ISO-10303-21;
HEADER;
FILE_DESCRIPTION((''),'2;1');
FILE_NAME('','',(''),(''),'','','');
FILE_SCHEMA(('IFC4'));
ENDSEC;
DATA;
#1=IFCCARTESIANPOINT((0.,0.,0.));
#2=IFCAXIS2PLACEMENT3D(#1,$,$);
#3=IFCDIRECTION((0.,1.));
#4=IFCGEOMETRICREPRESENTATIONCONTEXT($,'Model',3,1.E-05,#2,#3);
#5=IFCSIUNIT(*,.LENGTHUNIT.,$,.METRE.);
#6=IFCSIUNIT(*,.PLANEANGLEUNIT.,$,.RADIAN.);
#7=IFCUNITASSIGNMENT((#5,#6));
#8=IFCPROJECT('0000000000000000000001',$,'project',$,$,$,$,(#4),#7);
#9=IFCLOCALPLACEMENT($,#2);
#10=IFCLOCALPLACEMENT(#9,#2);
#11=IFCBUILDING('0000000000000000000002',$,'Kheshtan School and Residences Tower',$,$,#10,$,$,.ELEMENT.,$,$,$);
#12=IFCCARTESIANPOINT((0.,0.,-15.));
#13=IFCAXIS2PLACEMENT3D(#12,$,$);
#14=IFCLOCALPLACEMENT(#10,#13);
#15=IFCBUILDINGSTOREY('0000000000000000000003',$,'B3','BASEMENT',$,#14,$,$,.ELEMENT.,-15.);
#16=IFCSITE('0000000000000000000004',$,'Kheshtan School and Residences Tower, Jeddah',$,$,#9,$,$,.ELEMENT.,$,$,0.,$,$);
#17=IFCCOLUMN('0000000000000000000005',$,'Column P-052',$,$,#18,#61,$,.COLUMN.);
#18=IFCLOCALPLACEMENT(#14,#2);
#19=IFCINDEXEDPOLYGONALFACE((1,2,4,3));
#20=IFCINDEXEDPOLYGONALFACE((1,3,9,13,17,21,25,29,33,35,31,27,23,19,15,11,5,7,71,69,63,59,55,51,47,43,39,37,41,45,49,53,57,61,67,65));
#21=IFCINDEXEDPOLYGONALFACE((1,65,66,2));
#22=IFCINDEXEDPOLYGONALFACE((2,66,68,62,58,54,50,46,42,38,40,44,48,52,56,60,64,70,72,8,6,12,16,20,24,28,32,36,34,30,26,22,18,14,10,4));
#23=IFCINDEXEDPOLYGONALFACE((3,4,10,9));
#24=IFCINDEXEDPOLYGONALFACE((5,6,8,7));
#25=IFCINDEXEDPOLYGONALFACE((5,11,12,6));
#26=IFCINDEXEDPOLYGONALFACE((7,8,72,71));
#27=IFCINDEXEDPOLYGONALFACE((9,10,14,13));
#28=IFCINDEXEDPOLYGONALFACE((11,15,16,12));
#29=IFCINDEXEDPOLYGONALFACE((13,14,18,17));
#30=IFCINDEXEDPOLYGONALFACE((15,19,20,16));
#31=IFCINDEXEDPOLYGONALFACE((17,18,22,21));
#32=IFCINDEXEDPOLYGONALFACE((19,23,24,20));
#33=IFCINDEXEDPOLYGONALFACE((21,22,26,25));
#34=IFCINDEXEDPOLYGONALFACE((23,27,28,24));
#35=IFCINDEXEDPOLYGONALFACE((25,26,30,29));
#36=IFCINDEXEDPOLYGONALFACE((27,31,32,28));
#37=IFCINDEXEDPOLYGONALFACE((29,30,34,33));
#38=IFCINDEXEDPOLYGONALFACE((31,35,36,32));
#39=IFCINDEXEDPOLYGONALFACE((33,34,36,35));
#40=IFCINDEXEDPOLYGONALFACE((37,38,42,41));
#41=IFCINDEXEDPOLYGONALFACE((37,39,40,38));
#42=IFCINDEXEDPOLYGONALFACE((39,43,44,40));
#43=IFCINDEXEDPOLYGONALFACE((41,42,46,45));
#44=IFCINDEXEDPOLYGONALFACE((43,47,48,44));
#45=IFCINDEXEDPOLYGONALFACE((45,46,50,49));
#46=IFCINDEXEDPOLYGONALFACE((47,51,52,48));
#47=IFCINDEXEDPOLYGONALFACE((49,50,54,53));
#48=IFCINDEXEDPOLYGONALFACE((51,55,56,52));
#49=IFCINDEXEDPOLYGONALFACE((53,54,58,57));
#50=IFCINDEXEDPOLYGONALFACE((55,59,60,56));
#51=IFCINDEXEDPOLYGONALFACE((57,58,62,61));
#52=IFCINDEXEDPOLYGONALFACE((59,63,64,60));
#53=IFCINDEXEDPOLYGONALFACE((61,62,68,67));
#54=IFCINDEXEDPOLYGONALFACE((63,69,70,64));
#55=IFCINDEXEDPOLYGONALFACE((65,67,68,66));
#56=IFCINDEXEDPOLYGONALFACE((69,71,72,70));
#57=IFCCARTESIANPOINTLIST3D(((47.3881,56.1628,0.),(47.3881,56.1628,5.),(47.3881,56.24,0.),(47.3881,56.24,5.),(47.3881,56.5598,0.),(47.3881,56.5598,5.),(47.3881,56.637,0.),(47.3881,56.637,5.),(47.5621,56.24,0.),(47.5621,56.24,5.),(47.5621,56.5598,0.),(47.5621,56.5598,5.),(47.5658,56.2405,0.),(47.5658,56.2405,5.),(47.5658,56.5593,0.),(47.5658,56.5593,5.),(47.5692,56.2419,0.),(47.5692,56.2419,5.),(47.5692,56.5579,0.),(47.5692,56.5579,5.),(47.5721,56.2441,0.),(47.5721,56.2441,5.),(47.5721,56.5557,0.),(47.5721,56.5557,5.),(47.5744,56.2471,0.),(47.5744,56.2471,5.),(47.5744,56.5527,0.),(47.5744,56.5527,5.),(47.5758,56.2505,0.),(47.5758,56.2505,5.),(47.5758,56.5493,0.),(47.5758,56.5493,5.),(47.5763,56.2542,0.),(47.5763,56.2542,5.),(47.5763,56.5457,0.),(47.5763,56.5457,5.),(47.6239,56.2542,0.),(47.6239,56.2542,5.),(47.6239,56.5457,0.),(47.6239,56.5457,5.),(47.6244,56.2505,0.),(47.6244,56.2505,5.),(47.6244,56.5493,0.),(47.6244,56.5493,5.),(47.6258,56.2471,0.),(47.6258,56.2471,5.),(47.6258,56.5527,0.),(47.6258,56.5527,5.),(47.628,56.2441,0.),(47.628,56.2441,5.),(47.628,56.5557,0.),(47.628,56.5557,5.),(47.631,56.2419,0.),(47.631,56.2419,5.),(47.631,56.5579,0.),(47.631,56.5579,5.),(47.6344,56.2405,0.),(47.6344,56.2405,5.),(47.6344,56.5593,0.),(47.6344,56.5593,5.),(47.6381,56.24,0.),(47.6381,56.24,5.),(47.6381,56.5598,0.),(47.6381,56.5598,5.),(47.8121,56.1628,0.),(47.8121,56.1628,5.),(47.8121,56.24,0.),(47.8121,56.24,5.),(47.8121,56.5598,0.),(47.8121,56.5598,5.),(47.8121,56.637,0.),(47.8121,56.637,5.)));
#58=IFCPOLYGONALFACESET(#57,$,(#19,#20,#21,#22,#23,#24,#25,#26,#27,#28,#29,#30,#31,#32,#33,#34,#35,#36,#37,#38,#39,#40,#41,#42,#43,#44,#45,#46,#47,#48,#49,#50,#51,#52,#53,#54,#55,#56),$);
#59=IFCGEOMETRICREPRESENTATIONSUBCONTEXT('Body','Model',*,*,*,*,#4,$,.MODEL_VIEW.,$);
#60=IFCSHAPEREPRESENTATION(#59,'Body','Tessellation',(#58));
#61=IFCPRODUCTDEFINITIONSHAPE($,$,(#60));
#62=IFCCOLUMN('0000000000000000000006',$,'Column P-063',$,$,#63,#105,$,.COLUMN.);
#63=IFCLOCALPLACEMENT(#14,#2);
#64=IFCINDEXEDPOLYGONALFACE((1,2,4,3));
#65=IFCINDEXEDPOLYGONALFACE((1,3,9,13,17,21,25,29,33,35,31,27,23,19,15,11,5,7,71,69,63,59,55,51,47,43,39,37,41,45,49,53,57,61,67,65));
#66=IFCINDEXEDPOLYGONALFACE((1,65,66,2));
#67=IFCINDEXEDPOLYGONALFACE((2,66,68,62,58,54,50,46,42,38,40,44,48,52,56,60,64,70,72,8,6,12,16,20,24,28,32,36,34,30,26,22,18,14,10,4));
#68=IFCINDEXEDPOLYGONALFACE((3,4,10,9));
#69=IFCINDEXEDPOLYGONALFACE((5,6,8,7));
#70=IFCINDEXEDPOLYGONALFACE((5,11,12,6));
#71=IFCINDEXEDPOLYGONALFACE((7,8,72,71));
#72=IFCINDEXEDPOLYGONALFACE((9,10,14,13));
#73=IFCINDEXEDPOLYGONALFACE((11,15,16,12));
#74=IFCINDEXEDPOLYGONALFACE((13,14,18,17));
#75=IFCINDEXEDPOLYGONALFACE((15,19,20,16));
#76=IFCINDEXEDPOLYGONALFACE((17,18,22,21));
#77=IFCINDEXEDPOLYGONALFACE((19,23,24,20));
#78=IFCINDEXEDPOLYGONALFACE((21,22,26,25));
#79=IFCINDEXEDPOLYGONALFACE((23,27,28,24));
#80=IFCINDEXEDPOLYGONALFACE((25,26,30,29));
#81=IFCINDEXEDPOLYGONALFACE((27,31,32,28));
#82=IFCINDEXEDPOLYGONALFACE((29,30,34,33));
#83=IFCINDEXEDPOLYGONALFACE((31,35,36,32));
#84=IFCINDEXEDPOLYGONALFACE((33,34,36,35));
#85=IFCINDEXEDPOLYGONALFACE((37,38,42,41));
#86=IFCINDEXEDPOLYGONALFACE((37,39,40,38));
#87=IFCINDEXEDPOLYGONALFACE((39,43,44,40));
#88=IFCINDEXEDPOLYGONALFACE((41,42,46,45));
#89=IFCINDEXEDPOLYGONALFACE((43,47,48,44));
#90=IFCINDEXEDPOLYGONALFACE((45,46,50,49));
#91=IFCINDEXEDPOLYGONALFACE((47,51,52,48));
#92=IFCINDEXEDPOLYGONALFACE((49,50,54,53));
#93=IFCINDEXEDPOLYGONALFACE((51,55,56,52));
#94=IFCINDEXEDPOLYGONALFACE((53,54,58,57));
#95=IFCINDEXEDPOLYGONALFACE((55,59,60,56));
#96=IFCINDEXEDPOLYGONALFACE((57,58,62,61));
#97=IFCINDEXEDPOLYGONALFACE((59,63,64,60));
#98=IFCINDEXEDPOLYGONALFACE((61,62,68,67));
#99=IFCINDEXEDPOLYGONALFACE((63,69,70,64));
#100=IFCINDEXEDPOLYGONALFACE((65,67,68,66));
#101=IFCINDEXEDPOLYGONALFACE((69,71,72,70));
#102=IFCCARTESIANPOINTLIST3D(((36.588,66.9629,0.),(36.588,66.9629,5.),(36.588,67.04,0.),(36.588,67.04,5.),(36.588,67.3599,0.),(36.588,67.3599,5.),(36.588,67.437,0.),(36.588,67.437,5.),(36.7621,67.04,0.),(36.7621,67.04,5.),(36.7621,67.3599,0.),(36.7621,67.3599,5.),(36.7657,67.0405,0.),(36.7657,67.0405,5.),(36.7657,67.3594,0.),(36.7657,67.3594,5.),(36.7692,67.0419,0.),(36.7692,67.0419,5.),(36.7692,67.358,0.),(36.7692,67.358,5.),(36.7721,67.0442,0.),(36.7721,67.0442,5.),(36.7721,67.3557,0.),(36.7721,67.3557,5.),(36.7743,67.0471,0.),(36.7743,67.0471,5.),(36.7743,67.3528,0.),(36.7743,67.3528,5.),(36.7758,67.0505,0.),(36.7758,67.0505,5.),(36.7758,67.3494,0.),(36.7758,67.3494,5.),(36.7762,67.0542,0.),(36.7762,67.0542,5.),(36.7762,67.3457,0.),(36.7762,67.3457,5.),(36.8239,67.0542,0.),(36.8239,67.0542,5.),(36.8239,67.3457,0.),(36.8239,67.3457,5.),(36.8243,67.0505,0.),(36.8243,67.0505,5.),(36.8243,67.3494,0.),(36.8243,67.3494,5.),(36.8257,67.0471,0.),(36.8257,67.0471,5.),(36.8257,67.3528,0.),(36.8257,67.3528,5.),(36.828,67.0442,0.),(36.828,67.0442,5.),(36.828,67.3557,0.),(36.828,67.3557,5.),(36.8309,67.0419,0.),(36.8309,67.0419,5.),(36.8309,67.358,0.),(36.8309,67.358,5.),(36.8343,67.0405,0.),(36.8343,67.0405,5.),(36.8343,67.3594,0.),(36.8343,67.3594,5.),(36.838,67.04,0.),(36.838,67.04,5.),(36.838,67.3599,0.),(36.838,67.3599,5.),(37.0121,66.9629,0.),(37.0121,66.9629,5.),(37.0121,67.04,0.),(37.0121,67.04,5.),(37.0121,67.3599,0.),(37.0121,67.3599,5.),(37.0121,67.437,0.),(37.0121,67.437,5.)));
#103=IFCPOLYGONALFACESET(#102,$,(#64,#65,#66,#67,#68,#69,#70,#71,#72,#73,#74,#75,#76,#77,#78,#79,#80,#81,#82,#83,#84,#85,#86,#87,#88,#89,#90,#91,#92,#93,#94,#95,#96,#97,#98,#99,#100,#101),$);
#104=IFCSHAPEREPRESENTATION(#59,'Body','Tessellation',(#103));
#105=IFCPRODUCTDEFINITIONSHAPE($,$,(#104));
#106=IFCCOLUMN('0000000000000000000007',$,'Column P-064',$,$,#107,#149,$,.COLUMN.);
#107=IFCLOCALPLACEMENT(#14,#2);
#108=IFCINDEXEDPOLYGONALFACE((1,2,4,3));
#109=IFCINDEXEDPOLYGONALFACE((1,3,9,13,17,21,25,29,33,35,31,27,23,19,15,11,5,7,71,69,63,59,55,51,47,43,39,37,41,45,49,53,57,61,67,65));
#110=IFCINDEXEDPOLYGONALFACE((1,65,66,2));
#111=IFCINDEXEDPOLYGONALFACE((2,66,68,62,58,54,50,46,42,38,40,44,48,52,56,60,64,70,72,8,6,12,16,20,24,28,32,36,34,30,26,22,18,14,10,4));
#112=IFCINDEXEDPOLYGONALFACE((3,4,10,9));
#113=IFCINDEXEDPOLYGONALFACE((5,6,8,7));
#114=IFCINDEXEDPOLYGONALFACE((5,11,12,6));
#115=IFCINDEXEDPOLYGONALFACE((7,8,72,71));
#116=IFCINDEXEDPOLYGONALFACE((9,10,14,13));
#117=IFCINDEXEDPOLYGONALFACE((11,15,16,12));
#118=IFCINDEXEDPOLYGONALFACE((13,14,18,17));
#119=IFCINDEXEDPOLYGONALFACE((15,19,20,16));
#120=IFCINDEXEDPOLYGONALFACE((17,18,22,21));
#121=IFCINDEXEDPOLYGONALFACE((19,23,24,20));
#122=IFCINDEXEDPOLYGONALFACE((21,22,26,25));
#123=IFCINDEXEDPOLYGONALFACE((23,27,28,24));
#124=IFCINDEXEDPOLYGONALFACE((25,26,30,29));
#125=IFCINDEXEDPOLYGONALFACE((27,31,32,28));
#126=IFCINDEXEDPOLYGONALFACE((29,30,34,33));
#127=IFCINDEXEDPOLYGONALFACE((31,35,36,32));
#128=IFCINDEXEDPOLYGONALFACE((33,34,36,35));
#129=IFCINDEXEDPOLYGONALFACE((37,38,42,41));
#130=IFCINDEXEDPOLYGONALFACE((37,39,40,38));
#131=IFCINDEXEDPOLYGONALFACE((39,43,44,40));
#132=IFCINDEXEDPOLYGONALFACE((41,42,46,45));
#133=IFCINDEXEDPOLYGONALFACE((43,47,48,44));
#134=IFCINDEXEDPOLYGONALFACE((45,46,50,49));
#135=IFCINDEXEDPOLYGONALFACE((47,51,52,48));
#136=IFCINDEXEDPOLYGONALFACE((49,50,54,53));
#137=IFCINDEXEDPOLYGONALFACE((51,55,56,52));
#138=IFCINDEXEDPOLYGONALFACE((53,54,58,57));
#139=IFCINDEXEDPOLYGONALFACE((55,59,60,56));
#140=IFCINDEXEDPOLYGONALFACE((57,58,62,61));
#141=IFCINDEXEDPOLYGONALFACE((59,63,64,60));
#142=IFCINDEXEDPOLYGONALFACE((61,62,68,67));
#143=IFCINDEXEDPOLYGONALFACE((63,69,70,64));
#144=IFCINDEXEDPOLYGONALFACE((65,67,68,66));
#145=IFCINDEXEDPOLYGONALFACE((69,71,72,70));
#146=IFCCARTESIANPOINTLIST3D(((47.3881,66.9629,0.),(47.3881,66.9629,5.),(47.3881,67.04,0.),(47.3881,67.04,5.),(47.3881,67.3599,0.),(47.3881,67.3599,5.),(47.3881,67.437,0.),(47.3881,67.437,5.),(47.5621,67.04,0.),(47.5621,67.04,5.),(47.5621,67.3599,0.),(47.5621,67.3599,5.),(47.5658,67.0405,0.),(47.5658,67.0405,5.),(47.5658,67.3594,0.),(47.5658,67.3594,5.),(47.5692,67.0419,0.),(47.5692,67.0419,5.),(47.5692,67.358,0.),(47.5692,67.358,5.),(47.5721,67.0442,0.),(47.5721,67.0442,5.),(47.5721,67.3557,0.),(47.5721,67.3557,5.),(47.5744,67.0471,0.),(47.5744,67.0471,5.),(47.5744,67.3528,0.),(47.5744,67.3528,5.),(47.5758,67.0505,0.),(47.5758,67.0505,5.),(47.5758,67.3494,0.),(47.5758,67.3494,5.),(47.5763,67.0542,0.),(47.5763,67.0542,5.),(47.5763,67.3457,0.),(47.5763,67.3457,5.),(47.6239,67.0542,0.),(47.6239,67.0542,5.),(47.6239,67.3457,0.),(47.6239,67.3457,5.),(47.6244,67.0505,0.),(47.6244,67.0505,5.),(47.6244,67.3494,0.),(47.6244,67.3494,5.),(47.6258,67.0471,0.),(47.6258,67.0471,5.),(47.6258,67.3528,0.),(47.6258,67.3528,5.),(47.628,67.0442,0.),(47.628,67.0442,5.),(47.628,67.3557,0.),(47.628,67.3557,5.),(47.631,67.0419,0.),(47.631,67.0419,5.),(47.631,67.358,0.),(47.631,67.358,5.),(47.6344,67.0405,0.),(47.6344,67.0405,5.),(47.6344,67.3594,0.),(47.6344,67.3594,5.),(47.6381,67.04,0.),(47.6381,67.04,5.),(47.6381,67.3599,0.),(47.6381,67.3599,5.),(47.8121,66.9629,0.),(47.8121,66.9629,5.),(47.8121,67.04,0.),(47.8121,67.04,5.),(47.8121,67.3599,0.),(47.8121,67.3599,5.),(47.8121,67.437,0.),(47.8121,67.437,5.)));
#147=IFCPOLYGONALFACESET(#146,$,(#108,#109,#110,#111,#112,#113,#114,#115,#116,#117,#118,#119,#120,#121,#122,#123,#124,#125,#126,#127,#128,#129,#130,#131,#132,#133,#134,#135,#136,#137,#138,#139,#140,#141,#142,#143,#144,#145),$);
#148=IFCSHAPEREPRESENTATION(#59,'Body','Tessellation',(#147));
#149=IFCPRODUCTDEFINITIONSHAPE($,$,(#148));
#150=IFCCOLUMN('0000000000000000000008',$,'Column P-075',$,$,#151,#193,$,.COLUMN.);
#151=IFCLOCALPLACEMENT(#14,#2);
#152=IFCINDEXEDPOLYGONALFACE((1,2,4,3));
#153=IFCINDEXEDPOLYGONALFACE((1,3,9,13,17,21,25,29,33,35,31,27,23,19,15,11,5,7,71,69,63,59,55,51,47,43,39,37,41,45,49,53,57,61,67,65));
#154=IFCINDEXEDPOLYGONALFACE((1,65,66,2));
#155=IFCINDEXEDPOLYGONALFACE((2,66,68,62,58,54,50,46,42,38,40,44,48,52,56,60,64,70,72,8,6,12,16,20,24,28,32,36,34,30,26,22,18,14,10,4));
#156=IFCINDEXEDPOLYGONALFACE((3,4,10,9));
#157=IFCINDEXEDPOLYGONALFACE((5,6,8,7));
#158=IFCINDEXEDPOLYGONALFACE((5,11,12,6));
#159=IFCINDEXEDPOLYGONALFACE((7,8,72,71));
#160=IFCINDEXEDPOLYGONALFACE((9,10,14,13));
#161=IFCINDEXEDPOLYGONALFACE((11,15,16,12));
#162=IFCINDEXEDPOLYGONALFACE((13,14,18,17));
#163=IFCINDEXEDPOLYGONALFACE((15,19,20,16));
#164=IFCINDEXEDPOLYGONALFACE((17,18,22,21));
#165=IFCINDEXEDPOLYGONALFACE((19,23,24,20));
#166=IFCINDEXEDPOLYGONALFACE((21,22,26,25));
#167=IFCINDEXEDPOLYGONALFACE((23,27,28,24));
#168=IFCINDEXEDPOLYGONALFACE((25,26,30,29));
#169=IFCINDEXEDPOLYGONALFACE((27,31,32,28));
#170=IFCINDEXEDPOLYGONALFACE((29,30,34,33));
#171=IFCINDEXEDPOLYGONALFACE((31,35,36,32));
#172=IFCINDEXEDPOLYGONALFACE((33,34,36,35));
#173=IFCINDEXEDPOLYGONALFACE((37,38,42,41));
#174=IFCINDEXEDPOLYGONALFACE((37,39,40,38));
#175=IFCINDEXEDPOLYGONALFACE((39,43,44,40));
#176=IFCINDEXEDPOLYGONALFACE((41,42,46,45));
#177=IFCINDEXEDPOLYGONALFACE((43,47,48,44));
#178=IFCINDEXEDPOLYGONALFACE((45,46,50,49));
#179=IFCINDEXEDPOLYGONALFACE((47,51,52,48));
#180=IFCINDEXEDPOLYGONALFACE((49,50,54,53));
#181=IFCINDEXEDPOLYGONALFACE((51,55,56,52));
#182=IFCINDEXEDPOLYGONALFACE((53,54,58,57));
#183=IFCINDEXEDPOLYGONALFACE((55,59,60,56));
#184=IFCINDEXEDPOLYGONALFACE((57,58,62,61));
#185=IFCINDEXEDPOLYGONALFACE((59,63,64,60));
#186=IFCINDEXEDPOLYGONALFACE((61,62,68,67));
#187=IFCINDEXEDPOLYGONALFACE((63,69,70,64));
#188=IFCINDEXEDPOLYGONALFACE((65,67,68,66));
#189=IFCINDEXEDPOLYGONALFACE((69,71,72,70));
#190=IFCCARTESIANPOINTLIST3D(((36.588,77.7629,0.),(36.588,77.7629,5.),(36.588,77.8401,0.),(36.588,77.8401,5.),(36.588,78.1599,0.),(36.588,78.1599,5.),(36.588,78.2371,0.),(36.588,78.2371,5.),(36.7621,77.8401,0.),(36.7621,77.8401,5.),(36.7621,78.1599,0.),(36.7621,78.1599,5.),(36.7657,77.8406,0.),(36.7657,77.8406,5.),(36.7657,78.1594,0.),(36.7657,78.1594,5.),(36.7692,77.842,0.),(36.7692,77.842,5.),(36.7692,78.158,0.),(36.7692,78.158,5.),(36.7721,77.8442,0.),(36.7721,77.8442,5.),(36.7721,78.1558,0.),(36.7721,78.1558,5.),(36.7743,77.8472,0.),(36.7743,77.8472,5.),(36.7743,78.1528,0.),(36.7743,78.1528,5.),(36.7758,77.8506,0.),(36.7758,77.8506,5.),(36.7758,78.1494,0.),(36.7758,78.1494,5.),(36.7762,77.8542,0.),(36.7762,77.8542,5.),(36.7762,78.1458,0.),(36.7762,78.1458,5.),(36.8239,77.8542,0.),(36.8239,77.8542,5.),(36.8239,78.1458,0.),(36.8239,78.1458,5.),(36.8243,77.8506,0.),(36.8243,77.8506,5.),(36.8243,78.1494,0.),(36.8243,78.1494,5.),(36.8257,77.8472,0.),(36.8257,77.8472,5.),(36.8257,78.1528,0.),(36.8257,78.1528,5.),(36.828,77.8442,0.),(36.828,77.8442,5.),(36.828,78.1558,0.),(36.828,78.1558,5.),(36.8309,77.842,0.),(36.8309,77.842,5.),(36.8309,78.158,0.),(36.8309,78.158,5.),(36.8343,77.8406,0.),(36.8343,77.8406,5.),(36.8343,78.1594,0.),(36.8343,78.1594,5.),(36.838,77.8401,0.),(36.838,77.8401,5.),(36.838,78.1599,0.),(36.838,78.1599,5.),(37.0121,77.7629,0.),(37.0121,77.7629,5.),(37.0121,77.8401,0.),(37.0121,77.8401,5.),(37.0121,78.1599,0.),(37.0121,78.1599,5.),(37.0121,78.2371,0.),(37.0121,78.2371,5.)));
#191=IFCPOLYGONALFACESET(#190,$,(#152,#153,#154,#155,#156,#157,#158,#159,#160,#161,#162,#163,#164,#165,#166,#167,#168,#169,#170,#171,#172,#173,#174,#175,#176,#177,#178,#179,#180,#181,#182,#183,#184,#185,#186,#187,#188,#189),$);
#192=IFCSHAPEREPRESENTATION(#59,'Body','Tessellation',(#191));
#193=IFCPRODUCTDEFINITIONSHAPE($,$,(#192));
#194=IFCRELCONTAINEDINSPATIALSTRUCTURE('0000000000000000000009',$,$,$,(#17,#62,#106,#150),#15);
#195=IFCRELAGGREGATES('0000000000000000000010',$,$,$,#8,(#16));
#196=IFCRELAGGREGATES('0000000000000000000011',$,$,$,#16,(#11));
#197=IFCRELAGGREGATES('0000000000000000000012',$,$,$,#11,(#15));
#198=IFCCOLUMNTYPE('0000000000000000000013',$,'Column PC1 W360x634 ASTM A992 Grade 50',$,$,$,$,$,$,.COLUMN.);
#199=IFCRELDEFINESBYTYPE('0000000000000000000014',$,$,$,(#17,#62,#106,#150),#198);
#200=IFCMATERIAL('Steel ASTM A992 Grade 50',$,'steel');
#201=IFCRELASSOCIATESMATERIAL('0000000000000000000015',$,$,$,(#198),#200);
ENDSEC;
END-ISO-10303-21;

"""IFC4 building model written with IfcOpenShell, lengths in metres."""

from ifc_helpers import new_model, si_unit, direction, frame, origin, origin_2d, place, context, subcontext, project, spatial, i_section, extrude, material, material_profile, profile_set, type_object, element, save


model = new_model("IFC4")

# Units and contexts
model_context = context("Model", 3, precision=1e-05, world=origin(), true_north=direction((0.0, 1.0)))
body_context = subcontext(model_context, "Body", "Model", "MODEL_VIEW")
ifc_project = project(units=[si_unit("LENGTHUNIT", "METRE"), si_unit("PLANEANGLEUNIT", "RADIAN")], contexts=[model_context])

# Site, building, storey
site_placement = place(None, origin())
site = spatial("IfcSite", under=ifc_project, at=site_placement, Name="Kheshtan School and Residences Tower, Jeddah", CompositionType="ELEMENT", RefElevation=0.0)
building_placement = place(site_placement, origin())
building = spatial("IfcBuilding", under=site, at=building_placement, Name="Kheshtan School and Residences Tower", CompositionType="ELEMENT")
storey_placement = place(building_placement, frame((0.0, 0.0, -15.0)))
storey = spatial("IfcBuildingStorey", under=building, at=storey_placement, Name="B3", Description="BASEMENT", CompositionType="ELEMENT", Elevation=-15.0)

# Columns
ifc_material_1 = material(Name="Steel ASTM A992 Grade 50", Category="steel")
ifc_material_profile_1 = material_profile(ifc_material_1, i_section(OverallWidth=0.4241, OverallDepth=0.4741, WebThickness=0.0476, FlangeThickness=0.0771, FilletRadius=0.0142, at=origin_2d()), Name="W360x634")
ifc_profile_set_1 = profile_set([ifc_material_profile_1], Name="Steel ASTM A992 Grade 50")
column_type = type_object("IfcColumnType", Name="Column PC1 W360x634 ASTM A992 Grade 50", PredefinedType="COLUMN", material=ifc_profile_set_1)
for number, where, z_axis, x_axis, name in (
    (1, (47.6001, 56.3999, 0.0), (0.0, 0.0, 1.0), (1.0, 0.0, 0.0), "Column P-052"),
    (2, (36.8, 67.2, 0.0), (0.0, 0.0, 1.0), (1.0, 0.0, 0.0), "Column P-063"),
    (3, (47.6001, 67.2, 0.0), (0.0, 0.0, 1.0), (1.0, 0.0, 0.0), "Column P-064"),
    (4, (36.8, 78.0, 0.0), (0.0, 0.0, 1.0), (1.0, 0.0, 0.0), "Column P-075"),
):
    element("IfcColumn", number, at=place(storey_placement, frame(where, z_axis=z_axis, x_axis=x_axis)), inside=storey, type_object=column_type, Name=name, PredefinedType="COLUMN", context=body_context, shape_type="SweptSolid", body=[
        extrude(i_section(OverallWidth=0.4241, OverallDepth=0.4741, WebThickness=0.0476, FlangeThickness=0.0771, FilletRadius=0.0142, at=origin_2d()), origin(), (0.0, 0.0, 1.0), 5.0),
    ])

save(model, "model.ifc")
